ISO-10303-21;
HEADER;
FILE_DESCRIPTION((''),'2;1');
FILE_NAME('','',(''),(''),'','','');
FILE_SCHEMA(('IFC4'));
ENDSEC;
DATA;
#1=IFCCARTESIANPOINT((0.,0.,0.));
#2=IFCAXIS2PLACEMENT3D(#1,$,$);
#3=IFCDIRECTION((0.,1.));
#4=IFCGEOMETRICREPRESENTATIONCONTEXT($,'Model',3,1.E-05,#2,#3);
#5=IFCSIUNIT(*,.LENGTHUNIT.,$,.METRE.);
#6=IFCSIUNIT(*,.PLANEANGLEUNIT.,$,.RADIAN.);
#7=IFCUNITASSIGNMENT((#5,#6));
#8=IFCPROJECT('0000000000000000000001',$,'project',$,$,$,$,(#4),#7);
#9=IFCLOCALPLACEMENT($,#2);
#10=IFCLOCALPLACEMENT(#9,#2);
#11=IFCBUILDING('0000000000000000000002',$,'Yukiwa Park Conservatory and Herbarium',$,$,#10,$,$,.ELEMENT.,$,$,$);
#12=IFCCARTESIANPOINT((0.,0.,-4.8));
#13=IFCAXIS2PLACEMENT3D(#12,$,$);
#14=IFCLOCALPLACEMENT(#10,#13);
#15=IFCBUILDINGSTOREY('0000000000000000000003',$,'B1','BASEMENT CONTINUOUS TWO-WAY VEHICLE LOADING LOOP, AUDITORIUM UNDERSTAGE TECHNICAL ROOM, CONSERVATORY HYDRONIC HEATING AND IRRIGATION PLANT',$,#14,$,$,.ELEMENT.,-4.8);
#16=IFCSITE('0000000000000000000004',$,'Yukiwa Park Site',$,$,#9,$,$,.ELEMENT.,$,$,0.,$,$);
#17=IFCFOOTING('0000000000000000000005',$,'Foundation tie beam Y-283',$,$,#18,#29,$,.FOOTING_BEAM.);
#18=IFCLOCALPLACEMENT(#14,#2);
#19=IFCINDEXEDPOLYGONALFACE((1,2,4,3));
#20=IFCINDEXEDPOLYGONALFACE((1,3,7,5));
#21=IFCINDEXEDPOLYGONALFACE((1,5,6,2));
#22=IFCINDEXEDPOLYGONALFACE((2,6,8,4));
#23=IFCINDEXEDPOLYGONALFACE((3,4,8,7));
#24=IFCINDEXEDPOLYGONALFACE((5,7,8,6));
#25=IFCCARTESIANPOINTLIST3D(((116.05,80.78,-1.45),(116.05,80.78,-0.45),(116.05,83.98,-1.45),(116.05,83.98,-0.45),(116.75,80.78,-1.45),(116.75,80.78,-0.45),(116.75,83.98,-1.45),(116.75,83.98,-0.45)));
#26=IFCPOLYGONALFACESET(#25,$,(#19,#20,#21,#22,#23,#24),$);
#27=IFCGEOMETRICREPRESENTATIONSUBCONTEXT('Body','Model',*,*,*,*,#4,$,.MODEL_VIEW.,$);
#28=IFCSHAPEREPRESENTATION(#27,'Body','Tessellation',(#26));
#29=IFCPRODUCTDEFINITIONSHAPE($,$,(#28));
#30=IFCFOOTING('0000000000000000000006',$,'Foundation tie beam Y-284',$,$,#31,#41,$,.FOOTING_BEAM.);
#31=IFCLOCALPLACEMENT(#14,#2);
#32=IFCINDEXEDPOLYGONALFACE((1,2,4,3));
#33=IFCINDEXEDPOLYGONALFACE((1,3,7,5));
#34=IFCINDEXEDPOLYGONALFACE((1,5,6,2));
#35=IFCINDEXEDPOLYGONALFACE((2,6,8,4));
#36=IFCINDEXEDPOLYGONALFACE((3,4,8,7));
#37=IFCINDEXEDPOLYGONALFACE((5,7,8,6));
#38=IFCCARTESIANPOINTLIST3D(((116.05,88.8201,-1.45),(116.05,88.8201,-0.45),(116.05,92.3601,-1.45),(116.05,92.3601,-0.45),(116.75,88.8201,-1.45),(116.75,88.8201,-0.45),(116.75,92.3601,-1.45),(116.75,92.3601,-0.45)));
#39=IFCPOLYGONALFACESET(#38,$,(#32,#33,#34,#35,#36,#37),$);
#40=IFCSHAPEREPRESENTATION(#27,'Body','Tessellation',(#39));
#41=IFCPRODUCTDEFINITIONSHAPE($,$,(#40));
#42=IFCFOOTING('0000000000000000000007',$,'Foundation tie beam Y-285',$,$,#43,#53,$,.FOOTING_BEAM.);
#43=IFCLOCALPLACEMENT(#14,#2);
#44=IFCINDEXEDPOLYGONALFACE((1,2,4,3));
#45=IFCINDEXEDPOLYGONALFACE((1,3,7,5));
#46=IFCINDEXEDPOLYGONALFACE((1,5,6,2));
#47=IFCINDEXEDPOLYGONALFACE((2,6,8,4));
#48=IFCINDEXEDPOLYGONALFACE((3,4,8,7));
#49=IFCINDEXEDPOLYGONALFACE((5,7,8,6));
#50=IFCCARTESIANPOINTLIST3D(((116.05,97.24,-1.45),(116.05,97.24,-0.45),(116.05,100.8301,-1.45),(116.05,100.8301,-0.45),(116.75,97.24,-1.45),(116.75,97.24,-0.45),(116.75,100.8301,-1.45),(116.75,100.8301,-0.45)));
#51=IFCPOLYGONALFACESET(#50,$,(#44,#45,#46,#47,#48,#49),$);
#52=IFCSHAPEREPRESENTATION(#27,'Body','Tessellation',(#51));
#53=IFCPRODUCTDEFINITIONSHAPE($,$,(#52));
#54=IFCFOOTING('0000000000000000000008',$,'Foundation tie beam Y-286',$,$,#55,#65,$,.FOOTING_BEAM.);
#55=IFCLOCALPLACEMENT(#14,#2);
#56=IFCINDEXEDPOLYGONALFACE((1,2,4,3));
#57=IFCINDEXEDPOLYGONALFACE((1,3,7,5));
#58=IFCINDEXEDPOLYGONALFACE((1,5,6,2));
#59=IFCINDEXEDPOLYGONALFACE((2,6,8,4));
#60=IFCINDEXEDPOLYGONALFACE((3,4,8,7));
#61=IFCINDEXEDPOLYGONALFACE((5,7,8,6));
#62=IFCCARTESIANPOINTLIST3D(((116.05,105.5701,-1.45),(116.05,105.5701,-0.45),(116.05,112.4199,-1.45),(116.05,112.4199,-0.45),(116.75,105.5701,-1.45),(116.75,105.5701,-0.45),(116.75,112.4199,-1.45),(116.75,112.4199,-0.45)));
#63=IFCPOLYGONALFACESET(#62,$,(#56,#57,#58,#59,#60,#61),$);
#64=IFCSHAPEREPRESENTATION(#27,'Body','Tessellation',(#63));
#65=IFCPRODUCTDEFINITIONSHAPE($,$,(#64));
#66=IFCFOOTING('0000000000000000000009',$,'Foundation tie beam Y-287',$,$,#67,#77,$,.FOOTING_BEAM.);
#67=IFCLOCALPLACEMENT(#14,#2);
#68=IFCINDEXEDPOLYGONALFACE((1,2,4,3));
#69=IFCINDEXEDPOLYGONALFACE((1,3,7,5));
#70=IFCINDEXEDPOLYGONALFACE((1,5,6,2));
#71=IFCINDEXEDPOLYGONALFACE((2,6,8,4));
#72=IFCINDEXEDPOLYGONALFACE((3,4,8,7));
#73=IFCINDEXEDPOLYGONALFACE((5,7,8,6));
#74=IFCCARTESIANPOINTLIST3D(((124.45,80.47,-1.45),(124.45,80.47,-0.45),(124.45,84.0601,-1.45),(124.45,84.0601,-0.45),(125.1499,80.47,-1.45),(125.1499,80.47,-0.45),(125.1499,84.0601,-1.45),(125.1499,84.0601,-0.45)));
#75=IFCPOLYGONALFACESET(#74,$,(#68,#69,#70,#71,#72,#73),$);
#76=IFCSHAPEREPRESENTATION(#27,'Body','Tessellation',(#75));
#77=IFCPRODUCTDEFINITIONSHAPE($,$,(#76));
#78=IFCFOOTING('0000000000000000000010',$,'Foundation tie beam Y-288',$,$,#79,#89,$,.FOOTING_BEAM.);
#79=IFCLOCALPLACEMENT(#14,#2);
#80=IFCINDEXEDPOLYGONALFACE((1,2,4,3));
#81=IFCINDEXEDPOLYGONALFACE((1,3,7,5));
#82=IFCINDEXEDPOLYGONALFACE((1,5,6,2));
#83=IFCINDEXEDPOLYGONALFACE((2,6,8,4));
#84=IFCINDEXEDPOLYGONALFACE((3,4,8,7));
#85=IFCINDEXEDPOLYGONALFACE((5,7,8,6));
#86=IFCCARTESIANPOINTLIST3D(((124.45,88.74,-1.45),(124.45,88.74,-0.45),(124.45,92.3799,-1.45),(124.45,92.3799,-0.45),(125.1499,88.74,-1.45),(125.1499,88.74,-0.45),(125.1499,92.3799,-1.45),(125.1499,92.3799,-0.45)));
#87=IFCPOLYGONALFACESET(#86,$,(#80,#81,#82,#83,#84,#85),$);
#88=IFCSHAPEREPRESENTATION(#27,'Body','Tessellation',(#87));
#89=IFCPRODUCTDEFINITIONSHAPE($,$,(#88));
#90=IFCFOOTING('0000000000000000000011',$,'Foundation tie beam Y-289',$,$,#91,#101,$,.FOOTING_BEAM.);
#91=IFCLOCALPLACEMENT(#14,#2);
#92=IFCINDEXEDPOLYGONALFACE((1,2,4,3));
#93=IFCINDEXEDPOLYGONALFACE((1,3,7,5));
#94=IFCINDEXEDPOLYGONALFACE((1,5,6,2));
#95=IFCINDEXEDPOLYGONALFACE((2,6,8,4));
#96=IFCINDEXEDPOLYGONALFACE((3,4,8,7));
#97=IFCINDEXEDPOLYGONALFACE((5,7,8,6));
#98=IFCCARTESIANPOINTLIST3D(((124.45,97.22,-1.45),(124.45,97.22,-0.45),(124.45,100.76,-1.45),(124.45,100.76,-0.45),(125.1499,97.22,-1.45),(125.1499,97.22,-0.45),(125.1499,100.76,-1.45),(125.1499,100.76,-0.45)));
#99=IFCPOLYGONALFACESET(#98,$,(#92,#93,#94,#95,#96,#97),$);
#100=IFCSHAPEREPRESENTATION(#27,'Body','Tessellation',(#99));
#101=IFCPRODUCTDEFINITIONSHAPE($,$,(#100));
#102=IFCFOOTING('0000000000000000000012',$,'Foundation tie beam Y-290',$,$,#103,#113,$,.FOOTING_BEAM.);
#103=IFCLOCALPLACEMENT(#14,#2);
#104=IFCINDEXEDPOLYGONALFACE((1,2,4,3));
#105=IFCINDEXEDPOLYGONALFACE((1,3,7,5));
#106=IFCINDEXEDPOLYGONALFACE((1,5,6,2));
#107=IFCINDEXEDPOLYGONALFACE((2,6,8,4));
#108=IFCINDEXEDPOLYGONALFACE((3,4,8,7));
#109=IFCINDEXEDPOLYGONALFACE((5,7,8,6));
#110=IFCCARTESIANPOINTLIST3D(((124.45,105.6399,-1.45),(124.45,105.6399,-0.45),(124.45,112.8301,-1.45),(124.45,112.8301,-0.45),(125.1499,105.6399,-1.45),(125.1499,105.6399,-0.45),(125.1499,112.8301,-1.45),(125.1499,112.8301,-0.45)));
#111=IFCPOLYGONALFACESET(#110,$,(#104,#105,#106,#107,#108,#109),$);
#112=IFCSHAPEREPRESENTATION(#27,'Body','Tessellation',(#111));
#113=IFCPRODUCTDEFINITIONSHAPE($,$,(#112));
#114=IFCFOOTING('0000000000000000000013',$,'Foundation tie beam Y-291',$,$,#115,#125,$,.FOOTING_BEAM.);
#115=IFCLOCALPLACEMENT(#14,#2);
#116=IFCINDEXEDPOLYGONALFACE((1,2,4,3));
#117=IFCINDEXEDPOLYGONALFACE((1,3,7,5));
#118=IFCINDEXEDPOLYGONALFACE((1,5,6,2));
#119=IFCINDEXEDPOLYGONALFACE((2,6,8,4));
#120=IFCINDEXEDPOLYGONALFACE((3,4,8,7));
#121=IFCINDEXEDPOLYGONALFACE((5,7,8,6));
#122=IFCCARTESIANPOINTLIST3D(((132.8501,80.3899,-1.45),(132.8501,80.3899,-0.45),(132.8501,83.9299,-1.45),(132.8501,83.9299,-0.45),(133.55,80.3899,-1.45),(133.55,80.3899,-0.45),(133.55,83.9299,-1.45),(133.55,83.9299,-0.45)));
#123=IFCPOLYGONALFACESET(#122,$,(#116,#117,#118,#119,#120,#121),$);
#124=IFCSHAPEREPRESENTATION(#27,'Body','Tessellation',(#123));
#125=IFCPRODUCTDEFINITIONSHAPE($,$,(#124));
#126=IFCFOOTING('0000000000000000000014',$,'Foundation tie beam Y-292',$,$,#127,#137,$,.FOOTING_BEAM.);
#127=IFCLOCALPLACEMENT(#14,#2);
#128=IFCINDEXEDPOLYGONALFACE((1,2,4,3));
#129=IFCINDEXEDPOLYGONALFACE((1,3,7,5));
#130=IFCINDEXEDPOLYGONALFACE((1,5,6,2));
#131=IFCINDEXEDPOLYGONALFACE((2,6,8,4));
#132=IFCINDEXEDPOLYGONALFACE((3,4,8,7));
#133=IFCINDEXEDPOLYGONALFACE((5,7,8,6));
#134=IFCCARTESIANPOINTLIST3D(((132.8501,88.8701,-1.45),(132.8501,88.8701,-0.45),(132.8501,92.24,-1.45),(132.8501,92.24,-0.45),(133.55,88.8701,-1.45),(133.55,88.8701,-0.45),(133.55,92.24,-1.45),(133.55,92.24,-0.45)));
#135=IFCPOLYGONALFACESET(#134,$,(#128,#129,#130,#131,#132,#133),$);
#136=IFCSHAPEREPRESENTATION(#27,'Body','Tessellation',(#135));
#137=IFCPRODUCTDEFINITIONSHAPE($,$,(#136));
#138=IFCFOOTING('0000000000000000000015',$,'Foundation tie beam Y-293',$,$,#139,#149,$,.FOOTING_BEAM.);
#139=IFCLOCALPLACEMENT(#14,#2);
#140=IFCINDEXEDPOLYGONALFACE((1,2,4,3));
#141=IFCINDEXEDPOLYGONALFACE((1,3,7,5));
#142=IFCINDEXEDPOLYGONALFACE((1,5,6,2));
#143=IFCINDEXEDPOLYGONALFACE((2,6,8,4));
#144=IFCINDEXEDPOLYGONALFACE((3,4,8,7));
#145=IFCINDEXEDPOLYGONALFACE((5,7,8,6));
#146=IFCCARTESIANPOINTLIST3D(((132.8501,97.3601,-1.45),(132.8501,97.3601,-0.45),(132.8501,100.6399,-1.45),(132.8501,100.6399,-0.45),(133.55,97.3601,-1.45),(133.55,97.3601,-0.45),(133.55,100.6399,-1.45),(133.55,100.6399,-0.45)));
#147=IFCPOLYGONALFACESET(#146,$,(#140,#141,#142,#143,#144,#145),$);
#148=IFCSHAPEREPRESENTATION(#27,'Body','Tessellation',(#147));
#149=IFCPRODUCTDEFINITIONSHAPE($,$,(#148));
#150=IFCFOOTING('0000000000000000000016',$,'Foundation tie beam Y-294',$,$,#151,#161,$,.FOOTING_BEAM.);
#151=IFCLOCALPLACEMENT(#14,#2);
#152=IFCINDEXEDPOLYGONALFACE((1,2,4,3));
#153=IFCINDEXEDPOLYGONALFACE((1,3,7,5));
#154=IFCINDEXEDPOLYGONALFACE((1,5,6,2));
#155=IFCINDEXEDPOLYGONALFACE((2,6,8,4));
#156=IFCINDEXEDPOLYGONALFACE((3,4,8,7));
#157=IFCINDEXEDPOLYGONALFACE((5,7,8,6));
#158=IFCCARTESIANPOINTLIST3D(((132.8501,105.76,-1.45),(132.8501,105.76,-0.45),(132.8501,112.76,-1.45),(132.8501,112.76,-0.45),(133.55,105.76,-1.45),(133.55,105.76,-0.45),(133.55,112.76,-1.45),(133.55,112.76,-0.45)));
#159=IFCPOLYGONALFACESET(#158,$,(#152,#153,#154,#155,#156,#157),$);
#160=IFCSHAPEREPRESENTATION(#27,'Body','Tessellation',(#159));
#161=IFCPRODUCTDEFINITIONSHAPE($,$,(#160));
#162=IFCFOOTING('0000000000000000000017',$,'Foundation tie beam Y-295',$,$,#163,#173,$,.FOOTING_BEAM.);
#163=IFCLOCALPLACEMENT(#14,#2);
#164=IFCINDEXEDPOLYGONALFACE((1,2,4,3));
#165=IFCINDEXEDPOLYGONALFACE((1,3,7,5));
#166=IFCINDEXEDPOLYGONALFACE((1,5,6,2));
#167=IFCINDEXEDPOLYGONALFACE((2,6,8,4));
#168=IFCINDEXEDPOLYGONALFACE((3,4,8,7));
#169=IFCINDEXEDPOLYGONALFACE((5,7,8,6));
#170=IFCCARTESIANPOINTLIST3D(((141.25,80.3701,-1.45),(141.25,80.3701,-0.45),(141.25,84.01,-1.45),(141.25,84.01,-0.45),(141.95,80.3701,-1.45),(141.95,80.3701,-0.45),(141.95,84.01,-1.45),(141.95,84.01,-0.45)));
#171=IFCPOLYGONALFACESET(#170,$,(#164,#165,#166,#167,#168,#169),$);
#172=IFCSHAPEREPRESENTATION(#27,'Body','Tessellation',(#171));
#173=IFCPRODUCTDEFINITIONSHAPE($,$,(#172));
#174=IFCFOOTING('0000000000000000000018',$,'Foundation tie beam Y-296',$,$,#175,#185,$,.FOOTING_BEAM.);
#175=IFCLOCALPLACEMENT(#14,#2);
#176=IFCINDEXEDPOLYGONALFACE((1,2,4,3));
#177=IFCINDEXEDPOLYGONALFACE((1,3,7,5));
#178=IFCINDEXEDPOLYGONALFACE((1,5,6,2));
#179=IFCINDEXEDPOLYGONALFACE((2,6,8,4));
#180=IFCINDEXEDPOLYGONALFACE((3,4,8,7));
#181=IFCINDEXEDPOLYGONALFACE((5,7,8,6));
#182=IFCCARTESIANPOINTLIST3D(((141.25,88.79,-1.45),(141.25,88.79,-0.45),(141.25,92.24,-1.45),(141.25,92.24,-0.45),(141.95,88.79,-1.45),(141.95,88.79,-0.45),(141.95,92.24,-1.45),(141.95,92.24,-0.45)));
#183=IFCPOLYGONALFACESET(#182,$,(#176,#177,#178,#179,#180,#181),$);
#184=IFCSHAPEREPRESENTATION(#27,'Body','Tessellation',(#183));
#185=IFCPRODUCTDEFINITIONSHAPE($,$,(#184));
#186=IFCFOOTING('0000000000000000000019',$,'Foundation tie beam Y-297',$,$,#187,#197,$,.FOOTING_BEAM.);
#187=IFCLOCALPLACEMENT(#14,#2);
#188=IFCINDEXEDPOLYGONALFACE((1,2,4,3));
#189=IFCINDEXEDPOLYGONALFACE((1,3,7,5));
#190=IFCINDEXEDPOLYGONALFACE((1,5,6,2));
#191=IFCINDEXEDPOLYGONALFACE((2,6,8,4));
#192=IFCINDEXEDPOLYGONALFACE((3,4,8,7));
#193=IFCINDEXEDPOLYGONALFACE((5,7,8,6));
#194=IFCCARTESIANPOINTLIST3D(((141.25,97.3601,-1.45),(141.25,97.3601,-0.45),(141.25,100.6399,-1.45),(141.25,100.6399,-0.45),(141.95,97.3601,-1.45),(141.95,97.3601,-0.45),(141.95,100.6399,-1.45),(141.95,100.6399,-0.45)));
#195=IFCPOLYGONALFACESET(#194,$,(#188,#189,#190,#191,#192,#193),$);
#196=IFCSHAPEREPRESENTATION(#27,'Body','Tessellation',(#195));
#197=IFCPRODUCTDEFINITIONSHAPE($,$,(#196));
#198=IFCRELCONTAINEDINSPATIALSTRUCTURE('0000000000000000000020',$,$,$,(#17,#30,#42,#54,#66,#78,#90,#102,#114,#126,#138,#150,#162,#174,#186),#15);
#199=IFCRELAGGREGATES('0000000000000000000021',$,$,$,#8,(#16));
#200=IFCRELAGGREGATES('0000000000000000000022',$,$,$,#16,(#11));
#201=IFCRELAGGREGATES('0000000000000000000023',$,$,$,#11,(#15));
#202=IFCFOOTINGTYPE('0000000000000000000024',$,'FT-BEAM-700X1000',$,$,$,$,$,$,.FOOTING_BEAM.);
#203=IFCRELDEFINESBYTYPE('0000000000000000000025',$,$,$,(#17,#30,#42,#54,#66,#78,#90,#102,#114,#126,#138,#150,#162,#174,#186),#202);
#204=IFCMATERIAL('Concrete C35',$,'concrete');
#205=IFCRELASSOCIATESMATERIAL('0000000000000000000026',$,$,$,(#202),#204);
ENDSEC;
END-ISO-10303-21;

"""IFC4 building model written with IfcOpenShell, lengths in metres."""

from ifc_helpers import new_model, si_unit, direction, frame, origin, place, context, subcontext, project, spatial, polyline, outline, extrude, material, type_object, element, save


model = new_model("IFC4")

# Units and contexts
model_context = context("Model", 3, precision=1e-05, world=origin(), true_north=direction((0.0, 1.0)))
body_context = subcontext(model_context, "Body", "Model", "MODEL_VIEW")
ifc_project = project(units=[si_unit("LENGTHUNIT", "METRE"), si_unit("PLANEANGLEUNIT", "RADIAN")], contexts=[model_context])

# Site, building, storey
site_placement = place(None, origin())
site = spatial("IfcSite", under=ifc_project, at=site_placement, Name="Yukiwa Park Site", CompositionType="ELEMENT", RefElevation=0.0)
building_placement = place(site_placement, origin())
building = spatial("IfcBuilding", under=site, at=building_placement, Name="Yukiwa Park Conservatory and Herbarium", CompositionType="ELEMENT")
storey_placement = place(building_placement, frame((0.0, 0.0, -4.8)))
storey = spatial("IfcBuildingStorey", under=building, at=storey_placement, Name="B1", Description="BASEMENT CONTINUOUS TWO-WAY VEHICLE LOADING LOOP, AUDITORIUM UNDERSTAGE TECHNICAL ROOM, CONSERVATORY HYDRONIC HEATING AND IRRIGATION PLANT", CompositionType="ELEMENT", Elevation=-4.8)

# Footings
ifc_material_1 = material(Name="Concrete C35", Category="concrete")
footing_type_1 = type_object("IfcFootingType", Name="FT-BEAM-700X1000", PredefinedType="FOOTING_BEAM", material=ifc_material_1)
footing_1_placement = place(storey_placement, frame((0.0, 0.0, -1.45)))
element("IfcFooting", 1, at=footing_1_placement, inside=storey, type_object=footing_type_1, Name="Foundation tie beam Y-283", PredefinedType="FOOTING_BEAM", context=body_context, shape_type="SweptSolid", body=[
    extrude(outline(polyline([(116.05, 80.78), (116.75, 80.78), (116.75, 83.98), (116.05, 83.98), (116.05, 80.78)])), origin(), (0.0, 0.0, 1.0), 1.0),
])
footing_2_placement = place(storey_placement, frame((0.0, 0.0, -1.45)))
element("IfcFooting", 2, at=footing_2_placement, inside=storey, type_object=footing_type_1, Name="Foundation tie beam Y-284", PredefinedType="FOOTING_BEAM", context=body_context, shape_type="SweptSolid", body=[
    extrude(outline(polyline([(116.05, 88.8201), (116.75, 88.8201), (116.75, 92.3601), (116.05, 92.3601), (116.05, 88.8201)])), origin(), (0.0, 0.0, 1.0), 1.0),
])
footing_3_placement = place(storey_placement, frame((0.0, 0.0, -1.45)))
element("IfcFooting", 3, at=footing_3_placement, inside=storey, type_object=footing_type_1, Name="Foundation tie beam Y-285", PredefinedType="FOOTING_BEAM", context=body_context, shape_type="SweptSolid", body=[
    extrude(outline(polyline([(116.05, 97.24), (116.75, 97.24), (116.75, 100.8301), (116.05, 100.8301), (116.05, 97.24)])), origin(), (0.0, 0.0, 1.0), 1.0),
])
footing_4_placement = place(storey_placement, frame((0.0, 0.0, -1.45)))
element("IfcFooting", 4, at=footing_4_placement, inside=storey, type_object=footing_type_1, Name="Foundation tie beam Y-286", PredefinedType="FOOTING_BEAM", context=body_context, shape_type="SweptSolid", body=[
    extrude(outline(polyline([(116.05, 105.5701), (116.75, 105.5701), (116.75, 112.4199), (116.05, 112.4199), (116.05, 105.5701)])), origin(), (0.0, 0.0, 1.0), 1.0),
])
footing_5_placement = place(storey_placement, frame((0.0, 0.0, -1.45)))
element("IfcFooting", 5, at=footing_5_placement, inside=storey, type_object=footing_type_1, Name="Foundation tie beam Y-287", PredefinedType="FOOTING_BEAM", context=body_context, shape_type="SweptSolid", body=[
    extrude(outline(polyline([(124.45, 80.47), (125.1499, 80.47), (125.1499, 84.0601), (124.45, 84.0601), (124.45, 80.47)])), origin(), (0.0, 0.0, 1.0), 1.0),
])
footing_6_placement = place(storey_placement, frame((0.0, 0.0, -1.45)))
element("IfcFooting", 6, at=footing_6_placement, inside=storey, type_object=footing_type_1, Name="Foundation tie beam Y-288", PredefinedType="FOOTING_BEAM", context=body_context, shape_type="SweptSolid", body=[
    extrude(outline(polyline([(124.45, 88.74), (125.1499, 88.74), (125.1499, 92.3799), (124.45, 92.3799), (124.45, 88.74)])), origin(), (0.0, 0.0, 1.0), 1.0),
])
footing_7_placement = place(storey_placement, frame((0.0, 0.0, -1.45)))
element("IfcFooting", 7, at=footing_7_placement, inside=storey, type_object=footing_type_1, Name="Foundation tie beam Y-289", PredefinedType="FOOTING_BEAM", context=body_context, shape_type="SweptSolid", body=[
    extrude(outline(polyline([(124.45, 97.22), (125.1499, 97.22), (125.1499, 100.76), (124.45, 100.76), (124.45, 97.22)])), origin(), (0.0, 0.0, 1.0), 1.0),
])
footing_8_placement = place(storey_placement, frame((0.0, 0.0, -1.45)))
element("IfcFooting", 8, at=footing_8_placement, inside=storey, type_object=footing_type_1, Name="Foundation tie beam Y-290", PredefinedType="FOOTING_BEAM", context=body_context, shape_type="SweptSolid", body=[
    extrude(outline(polyline([(124.45, 105.6399), (125.1499, 105.6399), (125.1499, 112.8301), (124.45, 112.8301), (124.45, 105.6399)])), origin(), (0.0, 0.0, 1.0), 1.0),
])
footing_9_placement = place(storey_placement, frame((0.0, 0.0, -1.45)))
element("IfcFooting", 9, at=footing_9_placement, inside=storey, type_object=footing_type_1, Name="Foundation tie beam Y-291", PredefinedType="FOOTING_BEAM", context=body_context, shape_type="SweptSolid", body=[
    extrude(outline(polyline([(132.8501, 80.3899), (133.55, 80.3899), (133.55, 83.9299), (132.8501, 83.9299), (132.8501, 80.3899)])), origin(), (0.0, 0.0, 1.0), 1.0),
])
footing_10_placement = place(storey_placement, frame((0.0, 0.0, -1.45)))
element("IfcFooting", 10, at=footing_10_placement, inside=storey, type_object=footing_type_1, Name="Foundation tie beam Y-292", PredefinedType="FOOTING_BEAM", context=body_context, shape_type="SweptSolid", body=[
    extrude(outline(polyline([(132.8501, 88.8701), (133.55, 88.8701), (133.55, 92.24), (132.8501, 92.24), (132.8501, 88.8701)])), origin(), (0.0, 0.0, 1.0), 1.0),
])
footing_11_placement = place(storey_placement, frame((0.0, 0.0, -1.45)))
element("IfcFooting", 11, at=footing_11_placement, inside=storey, type_object=footing_type_1, Name="Foundation tie beam Y-293", PredefinedType="FOOTING_BEAM", context=body_context, shape_type="SweptSolid", body=[
    extrude(outline(polyline([(132.8501, 97.3601), (133.55, 97.3601), (133.55, 100.6399), (132.8501, 100.6399), (132.8501, 97.3601)])), origin(), (0.0, 0.0, 1.0), 1.0),
])
footing_12_placement = place(storey_placement, frame((0.0, 0.0, -1.45)))
element("IfcFooting", 12, at=footing_12_placement, inside=storey, type_object=footing_type_1, Name="Foundation tie beam Y-294", PredefinedType="FOOTING_BEAM", context=body_context, shape_type="SweptSolid", body=[
    extrude(outline(polyline([(132.8501, 105.76), (133.55, 105.76), (133.55, 112.76), (132.8501, 112.76), (132.8501, 105.76)])), origin(), (0.0, 0.0, 1.0), 1.0),
])
footing_13_placement = place(storey_placement, frame((0.0, 0.0, -1.45)))
element("IfcFooting", 13, at=footing_13_placement, inside=storey, type_object=footing_type_1, Name="Foundation tie beam Y-295", PredefinedType="FOOTING_BEAM", context=body_context, shape_type="SweptSolid", body=[
    extrude(outline(polyline([(141.25, 80.3701), (141.95, 80.3701), (141.95, 84.01), (141.25, 84.01), (141.25, 80.3701)])), origin(), (0.0, 0.0, 1.0), 1.0),
])
footing_14_placement = place(storey_placement, frame((0.0, 0.0, -1.45)))
element("IfcFooting", 14, at=footing_14_placement, inside=storey, type_object=footing_type_1, Name="Foundation tie beam Y-296", PredefinedType="FOOTING_BEAM", context=body_context, shape_type="SweptSolid", body=[
    extrude(outline(polyline([(141.25, 88.79), (141.95, 88.79), (141.95, 92.24), (141.25, 92.24), (141.25, 88.79)])), origin(), (0.0, 0.0, 1.0), 1.0),
])
footing_15_placement = place(storey_placement, frame((0.0, 0.0, -1.45)))
element("IfcFooting", 15, at=footing_15_placement, inside=storey, type_object=footing_type_1, Name="Foundation tie beam Y-297", PredefinedType="FOOTING_BEAM", context=body_context, shape_type="SweptSolid", body=[
    extrude(outline(polyline([(141.25, 97.3601), (141.95, 97.3601), (141.95, 100.6399), (141.25, 100.6399), (141.25, 97.3601)])), origin(), (0.0, 0.0, 1.0), 1.0),
])

save(model, "model.ifc")
